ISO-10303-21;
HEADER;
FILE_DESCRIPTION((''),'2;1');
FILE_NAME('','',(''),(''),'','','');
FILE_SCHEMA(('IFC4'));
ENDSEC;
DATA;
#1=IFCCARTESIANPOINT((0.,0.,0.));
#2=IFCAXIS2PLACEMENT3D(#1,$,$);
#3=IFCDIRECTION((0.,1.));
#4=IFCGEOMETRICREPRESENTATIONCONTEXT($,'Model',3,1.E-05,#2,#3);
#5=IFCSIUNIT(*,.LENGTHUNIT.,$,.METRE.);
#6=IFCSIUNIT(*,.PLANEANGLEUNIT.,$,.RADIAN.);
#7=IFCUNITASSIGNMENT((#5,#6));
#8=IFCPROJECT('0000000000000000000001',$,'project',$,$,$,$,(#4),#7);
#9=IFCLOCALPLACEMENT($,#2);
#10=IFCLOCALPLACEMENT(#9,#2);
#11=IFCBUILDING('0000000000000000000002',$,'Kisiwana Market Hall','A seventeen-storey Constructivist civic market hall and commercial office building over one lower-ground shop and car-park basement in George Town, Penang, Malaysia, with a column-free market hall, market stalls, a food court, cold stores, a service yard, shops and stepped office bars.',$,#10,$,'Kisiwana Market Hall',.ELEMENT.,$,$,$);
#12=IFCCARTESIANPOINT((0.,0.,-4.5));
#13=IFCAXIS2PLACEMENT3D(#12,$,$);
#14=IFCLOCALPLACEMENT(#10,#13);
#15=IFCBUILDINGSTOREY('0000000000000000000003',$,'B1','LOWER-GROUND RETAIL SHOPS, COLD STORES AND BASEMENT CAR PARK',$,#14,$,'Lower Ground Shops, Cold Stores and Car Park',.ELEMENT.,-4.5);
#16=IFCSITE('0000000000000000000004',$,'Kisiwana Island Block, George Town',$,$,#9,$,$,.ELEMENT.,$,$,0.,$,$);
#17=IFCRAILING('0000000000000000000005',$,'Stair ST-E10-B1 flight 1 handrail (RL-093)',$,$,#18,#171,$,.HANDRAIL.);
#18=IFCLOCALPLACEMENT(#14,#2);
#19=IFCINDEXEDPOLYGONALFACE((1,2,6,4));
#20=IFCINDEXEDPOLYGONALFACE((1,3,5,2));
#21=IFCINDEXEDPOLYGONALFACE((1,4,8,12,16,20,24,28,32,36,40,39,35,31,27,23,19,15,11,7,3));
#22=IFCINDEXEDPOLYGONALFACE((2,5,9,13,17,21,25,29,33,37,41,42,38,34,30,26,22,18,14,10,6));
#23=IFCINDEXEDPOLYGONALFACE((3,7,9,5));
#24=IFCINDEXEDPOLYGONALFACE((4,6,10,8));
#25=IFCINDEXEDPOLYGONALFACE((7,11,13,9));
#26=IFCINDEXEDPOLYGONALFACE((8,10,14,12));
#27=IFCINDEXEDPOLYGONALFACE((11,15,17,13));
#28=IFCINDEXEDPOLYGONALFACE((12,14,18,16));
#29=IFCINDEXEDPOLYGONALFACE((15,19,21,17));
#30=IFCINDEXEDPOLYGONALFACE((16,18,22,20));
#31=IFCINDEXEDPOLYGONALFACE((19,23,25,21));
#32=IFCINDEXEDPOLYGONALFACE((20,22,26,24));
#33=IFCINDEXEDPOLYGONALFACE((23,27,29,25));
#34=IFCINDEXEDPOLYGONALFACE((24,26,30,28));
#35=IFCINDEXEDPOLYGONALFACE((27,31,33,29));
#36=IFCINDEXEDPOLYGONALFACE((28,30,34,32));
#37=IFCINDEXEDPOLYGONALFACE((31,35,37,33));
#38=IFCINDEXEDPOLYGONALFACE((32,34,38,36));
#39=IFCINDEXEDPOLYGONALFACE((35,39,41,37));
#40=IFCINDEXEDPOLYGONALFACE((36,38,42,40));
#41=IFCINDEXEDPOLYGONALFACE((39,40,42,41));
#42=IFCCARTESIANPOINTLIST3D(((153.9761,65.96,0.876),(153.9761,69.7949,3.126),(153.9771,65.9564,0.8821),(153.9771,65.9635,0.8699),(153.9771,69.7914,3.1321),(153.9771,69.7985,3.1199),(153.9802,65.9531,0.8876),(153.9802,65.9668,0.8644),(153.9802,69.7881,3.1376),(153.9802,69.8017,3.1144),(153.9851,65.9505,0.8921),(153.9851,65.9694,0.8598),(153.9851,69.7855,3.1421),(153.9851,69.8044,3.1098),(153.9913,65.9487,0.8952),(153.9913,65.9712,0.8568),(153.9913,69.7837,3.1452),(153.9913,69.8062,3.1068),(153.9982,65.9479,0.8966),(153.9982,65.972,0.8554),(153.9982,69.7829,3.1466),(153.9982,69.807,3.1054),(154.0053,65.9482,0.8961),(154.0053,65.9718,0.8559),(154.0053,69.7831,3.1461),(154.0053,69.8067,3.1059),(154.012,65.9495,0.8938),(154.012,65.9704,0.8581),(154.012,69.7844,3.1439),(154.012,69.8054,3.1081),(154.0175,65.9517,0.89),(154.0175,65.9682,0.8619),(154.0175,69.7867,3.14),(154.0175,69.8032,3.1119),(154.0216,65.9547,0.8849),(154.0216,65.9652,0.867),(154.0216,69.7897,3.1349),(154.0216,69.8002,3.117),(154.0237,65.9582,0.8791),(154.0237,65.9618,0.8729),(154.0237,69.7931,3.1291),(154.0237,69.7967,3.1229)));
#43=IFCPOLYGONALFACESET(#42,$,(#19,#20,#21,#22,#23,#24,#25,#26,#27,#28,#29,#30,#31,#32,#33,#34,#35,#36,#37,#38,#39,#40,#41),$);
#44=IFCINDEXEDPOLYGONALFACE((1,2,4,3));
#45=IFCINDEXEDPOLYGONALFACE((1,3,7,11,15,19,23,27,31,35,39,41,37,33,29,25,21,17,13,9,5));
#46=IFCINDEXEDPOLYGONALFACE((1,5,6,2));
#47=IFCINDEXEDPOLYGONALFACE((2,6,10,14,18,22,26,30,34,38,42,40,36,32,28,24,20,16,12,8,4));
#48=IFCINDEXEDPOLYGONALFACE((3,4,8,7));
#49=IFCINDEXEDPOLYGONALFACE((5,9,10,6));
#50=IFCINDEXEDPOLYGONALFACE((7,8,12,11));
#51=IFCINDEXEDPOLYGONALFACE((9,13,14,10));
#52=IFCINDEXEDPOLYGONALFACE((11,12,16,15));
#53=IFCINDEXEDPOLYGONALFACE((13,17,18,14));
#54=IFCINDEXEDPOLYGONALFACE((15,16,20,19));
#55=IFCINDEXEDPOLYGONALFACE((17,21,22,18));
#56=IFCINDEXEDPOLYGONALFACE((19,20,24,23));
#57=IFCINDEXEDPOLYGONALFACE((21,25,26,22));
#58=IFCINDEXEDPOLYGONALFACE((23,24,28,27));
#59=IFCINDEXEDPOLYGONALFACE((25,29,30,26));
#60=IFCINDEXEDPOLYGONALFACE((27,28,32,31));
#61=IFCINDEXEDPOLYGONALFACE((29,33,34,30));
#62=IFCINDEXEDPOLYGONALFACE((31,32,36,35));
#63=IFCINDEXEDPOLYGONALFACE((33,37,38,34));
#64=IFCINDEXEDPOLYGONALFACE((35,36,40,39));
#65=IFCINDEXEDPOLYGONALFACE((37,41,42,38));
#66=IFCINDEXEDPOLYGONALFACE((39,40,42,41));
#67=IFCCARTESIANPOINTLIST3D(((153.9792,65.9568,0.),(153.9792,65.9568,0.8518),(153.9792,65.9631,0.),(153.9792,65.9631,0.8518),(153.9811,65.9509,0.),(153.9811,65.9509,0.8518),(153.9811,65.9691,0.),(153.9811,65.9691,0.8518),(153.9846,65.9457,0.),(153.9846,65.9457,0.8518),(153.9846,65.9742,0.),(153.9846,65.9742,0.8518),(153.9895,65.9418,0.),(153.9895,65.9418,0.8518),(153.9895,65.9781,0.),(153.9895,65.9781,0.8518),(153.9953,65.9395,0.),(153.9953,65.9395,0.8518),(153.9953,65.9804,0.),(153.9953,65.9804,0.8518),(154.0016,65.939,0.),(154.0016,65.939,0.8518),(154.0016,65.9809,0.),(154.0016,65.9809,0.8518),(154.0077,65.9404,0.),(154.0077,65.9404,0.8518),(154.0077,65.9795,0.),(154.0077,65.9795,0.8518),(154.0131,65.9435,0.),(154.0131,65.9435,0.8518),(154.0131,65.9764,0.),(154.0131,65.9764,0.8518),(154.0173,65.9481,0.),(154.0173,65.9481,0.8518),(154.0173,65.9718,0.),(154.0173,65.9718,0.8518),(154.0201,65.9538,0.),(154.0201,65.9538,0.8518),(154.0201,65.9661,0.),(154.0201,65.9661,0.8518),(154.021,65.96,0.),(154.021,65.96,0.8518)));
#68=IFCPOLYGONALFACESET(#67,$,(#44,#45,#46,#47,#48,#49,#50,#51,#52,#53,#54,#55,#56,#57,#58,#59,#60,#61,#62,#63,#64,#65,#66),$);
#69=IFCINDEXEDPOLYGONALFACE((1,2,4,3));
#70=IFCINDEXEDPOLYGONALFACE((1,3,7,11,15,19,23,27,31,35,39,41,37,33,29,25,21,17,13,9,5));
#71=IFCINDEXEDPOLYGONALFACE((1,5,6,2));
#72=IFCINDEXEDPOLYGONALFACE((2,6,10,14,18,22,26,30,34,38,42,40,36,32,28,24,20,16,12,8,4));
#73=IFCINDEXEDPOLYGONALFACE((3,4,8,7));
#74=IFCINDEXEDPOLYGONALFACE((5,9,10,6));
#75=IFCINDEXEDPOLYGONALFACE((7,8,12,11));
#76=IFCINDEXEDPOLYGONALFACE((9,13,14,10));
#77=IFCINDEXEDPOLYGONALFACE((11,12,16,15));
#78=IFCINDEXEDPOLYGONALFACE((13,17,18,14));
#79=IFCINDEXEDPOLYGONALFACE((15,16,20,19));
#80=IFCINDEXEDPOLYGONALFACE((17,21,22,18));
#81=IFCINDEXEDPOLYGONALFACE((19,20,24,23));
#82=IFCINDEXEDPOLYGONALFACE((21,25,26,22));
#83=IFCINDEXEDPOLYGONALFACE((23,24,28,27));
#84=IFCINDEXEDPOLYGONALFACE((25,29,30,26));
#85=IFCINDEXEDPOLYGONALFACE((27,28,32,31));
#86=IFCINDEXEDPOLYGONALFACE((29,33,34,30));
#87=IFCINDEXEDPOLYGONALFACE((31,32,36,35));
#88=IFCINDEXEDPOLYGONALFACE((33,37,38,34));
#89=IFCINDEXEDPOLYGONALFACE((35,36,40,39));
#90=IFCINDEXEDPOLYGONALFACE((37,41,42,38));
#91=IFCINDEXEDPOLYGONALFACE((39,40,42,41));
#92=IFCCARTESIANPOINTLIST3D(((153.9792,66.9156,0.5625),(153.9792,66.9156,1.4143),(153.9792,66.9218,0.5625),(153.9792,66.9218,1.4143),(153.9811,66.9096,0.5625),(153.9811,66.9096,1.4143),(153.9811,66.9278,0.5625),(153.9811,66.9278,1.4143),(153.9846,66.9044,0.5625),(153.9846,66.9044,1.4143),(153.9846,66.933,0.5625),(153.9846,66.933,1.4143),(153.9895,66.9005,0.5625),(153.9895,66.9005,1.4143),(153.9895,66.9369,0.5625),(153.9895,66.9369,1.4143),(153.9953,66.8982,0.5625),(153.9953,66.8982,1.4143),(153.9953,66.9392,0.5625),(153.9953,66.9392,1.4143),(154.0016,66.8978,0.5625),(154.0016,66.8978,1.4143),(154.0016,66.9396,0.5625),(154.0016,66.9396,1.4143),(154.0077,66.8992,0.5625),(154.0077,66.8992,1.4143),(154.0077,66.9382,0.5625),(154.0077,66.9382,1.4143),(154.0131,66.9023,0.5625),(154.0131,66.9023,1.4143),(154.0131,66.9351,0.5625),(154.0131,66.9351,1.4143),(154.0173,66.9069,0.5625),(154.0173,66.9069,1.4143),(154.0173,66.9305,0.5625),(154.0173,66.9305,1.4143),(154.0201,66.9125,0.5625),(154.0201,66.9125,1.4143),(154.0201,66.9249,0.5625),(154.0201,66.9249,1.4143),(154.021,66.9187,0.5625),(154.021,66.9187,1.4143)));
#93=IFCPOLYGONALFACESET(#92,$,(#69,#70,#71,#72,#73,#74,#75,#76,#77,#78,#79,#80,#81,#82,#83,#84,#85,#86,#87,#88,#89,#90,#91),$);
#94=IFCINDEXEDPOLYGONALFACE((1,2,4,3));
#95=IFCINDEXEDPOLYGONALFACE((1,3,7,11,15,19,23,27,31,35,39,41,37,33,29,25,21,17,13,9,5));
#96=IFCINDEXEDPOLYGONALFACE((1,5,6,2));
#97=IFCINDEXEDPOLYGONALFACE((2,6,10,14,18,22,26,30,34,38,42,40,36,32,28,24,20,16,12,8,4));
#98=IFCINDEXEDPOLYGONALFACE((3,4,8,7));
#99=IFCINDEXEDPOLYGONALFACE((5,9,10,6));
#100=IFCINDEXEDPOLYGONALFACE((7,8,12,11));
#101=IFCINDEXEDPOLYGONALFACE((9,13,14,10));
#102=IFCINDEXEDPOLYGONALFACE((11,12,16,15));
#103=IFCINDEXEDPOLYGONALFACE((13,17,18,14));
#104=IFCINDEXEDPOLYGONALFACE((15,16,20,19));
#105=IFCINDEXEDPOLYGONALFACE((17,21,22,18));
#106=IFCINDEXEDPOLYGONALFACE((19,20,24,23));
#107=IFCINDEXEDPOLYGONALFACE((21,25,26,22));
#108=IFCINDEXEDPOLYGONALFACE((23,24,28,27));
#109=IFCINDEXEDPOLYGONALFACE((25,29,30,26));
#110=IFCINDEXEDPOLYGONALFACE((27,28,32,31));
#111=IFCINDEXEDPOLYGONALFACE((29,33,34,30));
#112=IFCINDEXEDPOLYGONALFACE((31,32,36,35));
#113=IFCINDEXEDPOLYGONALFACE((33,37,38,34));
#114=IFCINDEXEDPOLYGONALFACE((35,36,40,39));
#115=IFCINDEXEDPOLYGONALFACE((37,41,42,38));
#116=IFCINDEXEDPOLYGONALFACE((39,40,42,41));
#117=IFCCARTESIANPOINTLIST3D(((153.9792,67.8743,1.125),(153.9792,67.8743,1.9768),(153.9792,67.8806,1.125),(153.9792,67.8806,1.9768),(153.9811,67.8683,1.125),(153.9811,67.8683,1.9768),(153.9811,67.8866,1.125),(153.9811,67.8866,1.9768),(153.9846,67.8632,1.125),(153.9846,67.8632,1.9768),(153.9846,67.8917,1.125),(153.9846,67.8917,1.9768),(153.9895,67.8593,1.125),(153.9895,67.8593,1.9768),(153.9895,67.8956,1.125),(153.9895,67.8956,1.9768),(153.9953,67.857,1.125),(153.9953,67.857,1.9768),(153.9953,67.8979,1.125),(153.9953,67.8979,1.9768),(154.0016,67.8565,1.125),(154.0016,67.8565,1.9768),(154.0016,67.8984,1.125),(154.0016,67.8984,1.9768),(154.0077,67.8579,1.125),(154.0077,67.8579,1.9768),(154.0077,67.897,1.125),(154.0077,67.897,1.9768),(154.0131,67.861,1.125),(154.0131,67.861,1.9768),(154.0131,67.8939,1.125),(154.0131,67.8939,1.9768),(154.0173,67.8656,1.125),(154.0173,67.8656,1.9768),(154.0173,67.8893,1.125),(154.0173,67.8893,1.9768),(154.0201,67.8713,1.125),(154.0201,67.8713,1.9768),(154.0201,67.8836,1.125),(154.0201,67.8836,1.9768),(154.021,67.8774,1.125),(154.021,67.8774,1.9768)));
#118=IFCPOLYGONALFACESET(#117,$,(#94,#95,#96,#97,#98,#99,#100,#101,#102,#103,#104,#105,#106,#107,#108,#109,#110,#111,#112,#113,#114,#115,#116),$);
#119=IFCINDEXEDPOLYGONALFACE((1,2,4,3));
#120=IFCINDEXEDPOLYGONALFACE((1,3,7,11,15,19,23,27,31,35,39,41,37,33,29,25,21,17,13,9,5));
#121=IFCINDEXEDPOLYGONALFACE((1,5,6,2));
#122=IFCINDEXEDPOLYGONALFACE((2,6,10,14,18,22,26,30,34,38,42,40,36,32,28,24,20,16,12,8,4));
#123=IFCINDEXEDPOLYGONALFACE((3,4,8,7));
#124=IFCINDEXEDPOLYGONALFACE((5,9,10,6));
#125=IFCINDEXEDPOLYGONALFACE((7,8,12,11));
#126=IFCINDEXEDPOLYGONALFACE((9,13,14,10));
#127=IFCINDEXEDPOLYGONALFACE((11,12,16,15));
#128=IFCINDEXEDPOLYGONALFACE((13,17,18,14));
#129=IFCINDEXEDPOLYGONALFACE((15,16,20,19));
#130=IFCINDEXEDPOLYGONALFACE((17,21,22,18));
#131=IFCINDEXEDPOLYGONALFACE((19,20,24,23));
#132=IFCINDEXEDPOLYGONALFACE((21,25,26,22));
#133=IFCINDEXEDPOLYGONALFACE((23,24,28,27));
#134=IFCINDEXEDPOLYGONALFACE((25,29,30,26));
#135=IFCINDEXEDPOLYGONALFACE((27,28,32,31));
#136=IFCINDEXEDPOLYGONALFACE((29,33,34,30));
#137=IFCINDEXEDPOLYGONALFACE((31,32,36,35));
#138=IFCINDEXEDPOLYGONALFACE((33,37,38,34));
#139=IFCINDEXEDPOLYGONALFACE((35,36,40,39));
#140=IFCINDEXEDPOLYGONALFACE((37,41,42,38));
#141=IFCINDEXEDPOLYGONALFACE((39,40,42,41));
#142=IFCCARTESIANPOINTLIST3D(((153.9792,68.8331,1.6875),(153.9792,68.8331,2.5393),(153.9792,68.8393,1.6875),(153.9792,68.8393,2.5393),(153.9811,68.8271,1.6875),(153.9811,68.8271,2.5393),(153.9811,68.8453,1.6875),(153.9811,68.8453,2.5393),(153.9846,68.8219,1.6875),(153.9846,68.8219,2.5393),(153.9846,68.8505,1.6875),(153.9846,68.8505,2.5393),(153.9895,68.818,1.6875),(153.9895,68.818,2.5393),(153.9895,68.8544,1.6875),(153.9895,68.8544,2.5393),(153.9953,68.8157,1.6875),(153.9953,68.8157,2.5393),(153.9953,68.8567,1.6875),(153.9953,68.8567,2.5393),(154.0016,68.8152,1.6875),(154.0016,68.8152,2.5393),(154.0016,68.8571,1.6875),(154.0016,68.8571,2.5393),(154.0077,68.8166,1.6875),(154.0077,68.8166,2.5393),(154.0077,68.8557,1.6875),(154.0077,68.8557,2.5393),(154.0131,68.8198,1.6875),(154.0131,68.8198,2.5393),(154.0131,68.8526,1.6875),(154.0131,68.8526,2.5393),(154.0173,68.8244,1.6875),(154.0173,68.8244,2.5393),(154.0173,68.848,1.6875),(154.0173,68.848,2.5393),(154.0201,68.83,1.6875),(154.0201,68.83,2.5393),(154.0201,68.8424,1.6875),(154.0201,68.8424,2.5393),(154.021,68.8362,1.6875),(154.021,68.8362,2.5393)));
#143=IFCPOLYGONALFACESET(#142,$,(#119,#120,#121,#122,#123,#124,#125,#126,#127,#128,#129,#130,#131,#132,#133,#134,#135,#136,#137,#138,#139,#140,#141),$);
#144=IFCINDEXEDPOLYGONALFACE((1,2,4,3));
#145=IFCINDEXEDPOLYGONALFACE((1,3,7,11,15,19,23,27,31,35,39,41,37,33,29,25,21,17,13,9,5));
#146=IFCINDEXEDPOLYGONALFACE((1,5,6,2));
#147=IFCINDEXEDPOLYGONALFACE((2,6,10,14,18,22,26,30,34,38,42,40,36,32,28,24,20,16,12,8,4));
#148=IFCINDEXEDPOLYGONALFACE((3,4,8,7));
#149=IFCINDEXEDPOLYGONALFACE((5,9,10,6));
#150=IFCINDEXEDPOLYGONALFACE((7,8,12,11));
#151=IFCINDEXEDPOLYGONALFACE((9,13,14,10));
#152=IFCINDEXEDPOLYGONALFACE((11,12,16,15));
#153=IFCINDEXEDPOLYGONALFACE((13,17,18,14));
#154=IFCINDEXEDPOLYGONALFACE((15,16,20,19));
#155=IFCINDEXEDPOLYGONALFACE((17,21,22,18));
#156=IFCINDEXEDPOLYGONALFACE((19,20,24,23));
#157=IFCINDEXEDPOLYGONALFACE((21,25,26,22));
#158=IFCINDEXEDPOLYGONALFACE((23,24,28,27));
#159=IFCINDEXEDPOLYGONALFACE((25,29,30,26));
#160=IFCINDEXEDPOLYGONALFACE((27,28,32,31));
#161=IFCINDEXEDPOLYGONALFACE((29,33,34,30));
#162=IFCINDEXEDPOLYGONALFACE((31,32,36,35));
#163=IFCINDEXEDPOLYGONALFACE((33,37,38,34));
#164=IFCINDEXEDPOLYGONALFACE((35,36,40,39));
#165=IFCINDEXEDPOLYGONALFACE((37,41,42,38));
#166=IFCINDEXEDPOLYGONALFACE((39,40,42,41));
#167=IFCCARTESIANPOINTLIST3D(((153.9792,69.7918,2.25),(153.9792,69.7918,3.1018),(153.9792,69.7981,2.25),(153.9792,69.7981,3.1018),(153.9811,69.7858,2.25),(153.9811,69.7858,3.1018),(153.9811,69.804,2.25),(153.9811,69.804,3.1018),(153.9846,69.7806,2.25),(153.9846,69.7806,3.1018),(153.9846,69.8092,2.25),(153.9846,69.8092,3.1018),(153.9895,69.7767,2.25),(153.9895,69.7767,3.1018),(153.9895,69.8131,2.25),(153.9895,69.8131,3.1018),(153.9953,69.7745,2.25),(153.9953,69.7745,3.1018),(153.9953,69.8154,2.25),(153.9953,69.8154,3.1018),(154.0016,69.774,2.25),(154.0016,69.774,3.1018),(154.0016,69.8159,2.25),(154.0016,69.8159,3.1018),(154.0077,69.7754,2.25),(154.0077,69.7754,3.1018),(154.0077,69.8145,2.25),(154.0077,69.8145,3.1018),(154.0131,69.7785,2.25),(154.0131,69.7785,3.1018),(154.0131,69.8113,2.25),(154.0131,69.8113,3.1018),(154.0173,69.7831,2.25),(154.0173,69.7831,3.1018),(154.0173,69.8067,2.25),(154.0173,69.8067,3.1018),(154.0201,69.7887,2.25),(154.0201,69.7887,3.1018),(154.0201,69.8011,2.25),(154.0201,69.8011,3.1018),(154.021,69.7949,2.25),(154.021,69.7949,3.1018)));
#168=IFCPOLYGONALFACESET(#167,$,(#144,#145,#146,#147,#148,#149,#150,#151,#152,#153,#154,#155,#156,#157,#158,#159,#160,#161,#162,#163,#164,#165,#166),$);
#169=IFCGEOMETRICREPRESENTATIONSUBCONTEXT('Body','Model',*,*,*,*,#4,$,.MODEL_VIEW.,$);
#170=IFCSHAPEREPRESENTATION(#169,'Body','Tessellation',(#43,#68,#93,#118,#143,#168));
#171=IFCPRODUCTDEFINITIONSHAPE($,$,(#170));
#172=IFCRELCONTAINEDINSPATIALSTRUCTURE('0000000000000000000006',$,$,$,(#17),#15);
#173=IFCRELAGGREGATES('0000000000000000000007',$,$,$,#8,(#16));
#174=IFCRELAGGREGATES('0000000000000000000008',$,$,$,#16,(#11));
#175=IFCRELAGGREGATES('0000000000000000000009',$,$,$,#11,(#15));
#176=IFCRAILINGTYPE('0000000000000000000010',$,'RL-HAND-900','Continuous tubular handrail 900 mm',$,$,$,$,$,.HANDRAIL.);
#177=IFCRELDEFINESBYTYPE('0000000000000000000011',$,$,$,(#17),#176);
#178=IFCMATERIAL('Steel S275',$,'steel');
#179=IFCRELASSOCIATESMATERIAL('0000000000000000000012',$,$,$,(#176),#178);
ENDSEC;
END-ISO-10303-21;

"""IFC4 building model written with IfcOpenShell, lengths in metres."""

from ifc_helpers import new_model, si_unit, direction, frame, origin, origin_2d, place, context, subcontext, project, spatial, circle, extrude, material, type_object, element, save


model = new_model("IFC4")

# Units and contexts
model_context = context("Model", 3, precision=1e-05, world=origin(), true_north=direction((0.0, 1.0)))
body_context = subcontext(model_context, "Body", "Model", "MODEL_VIEW")
ifc_project = project(units=[si_unit("LENGTHUNIT", "METRE"), si_unit("PLANEANGLEUNIT", "RADIAN")], contexts=[model_context])

# Site, building, storey
site_placement = place(None, origin())
site = spatial("IfcSite", under=ifc_project, at=site_placement, Name="Kisiwana Island Block, George Town", CompositionType="ELEMENT", RefElevation=0.0)
building_placement = place(site_placement, origin())
building = spatial("IfcBuilding", under=site, at=building_placement, Name="Kisiwana Market Hall", Description="A seventeen-storey Constructivist civic market hall and commercial office building over one lower-ground shop and car-park basement in George Town, Penang, Malaysia, with a column-free market hall, market stalls, a food court, cold stores, a service yard, shops and stepped office bars.", LongName="Kisiwana Market Hall", CompositionType="ELEMENT")
storey_placement = place(building_placement, frame((0.0, 0.0, -4.5)))
storey = spatial("IfcBuildingStorey", under=building, at=storey_placement, Name="B1", Description="LOWER-GROUND RETAIL SHOPS, COLD STORES AND BASEMENT CAR PARK", LongName="Lower Ground Shops, Cold Stores and Car Park", CompositionType="ELEMENT", Elevation=-4.5)

# Railing
ifc_material_1 = material(Name="Steel S275", Category="steel")
railing_type_1 = type_object("IfcRailingType", Name="RL-HAND-900", Description="Continuous tubular handrail 900 mm", PredefinedType="HANDRAIL", material=ifc_material_1)
railing_1_placement = place(storey_placement, frame((154.0, 65.96, 0.0)))
element("IfcRailing", 1, at=railing_1_placement, inside=storey, type_object=railing_type_1, Name="Stair ST-E10-B1 flight 1 handrail (RL-093)", PredefinedType="HANDRAIL", context=body_context, shape_type="SweptSolid", body=[
    extrude(circle(Radius=0.0239, at=origin_2d()), frame((0.0, 0.0, 0.876), z_axis=(0.0, 0.86251, 0.506041), x_axis=(-1.0, 0.0, 0.0)), (0.0, 0.0, 1.0), 4.4463),
    extrude(circle(Radius=0.021, at=origin_2d()), origin(), (0.0, 0.0, 1.0), 0.8518),
    extrude(circle(Radius=0.021, at=origin_2d()), frame((0.0, 0.9587, 0.5625)), (0.0, 0.0, 1.0), 0.8518),
    extrude(circle(Radius=0.021, at=origin_2d()), frame((0.0, 1.9175, 1.125)), (0.0, 0.0, 1.0), 0.8518),
    extrude(circle(Radius=0.021, at=origin_2d()), frame((0.0, 2.8762, 1.6875)), (0.0, 0.0, 1.0), 0.8518),
    extrude(circle(Radius=0.021, at=origin_2d()), frame((0.0, 3.835, 2.25)), (0.0, 0.0, 1.0), 0.8518),
])

save(model, "model.ifc")
